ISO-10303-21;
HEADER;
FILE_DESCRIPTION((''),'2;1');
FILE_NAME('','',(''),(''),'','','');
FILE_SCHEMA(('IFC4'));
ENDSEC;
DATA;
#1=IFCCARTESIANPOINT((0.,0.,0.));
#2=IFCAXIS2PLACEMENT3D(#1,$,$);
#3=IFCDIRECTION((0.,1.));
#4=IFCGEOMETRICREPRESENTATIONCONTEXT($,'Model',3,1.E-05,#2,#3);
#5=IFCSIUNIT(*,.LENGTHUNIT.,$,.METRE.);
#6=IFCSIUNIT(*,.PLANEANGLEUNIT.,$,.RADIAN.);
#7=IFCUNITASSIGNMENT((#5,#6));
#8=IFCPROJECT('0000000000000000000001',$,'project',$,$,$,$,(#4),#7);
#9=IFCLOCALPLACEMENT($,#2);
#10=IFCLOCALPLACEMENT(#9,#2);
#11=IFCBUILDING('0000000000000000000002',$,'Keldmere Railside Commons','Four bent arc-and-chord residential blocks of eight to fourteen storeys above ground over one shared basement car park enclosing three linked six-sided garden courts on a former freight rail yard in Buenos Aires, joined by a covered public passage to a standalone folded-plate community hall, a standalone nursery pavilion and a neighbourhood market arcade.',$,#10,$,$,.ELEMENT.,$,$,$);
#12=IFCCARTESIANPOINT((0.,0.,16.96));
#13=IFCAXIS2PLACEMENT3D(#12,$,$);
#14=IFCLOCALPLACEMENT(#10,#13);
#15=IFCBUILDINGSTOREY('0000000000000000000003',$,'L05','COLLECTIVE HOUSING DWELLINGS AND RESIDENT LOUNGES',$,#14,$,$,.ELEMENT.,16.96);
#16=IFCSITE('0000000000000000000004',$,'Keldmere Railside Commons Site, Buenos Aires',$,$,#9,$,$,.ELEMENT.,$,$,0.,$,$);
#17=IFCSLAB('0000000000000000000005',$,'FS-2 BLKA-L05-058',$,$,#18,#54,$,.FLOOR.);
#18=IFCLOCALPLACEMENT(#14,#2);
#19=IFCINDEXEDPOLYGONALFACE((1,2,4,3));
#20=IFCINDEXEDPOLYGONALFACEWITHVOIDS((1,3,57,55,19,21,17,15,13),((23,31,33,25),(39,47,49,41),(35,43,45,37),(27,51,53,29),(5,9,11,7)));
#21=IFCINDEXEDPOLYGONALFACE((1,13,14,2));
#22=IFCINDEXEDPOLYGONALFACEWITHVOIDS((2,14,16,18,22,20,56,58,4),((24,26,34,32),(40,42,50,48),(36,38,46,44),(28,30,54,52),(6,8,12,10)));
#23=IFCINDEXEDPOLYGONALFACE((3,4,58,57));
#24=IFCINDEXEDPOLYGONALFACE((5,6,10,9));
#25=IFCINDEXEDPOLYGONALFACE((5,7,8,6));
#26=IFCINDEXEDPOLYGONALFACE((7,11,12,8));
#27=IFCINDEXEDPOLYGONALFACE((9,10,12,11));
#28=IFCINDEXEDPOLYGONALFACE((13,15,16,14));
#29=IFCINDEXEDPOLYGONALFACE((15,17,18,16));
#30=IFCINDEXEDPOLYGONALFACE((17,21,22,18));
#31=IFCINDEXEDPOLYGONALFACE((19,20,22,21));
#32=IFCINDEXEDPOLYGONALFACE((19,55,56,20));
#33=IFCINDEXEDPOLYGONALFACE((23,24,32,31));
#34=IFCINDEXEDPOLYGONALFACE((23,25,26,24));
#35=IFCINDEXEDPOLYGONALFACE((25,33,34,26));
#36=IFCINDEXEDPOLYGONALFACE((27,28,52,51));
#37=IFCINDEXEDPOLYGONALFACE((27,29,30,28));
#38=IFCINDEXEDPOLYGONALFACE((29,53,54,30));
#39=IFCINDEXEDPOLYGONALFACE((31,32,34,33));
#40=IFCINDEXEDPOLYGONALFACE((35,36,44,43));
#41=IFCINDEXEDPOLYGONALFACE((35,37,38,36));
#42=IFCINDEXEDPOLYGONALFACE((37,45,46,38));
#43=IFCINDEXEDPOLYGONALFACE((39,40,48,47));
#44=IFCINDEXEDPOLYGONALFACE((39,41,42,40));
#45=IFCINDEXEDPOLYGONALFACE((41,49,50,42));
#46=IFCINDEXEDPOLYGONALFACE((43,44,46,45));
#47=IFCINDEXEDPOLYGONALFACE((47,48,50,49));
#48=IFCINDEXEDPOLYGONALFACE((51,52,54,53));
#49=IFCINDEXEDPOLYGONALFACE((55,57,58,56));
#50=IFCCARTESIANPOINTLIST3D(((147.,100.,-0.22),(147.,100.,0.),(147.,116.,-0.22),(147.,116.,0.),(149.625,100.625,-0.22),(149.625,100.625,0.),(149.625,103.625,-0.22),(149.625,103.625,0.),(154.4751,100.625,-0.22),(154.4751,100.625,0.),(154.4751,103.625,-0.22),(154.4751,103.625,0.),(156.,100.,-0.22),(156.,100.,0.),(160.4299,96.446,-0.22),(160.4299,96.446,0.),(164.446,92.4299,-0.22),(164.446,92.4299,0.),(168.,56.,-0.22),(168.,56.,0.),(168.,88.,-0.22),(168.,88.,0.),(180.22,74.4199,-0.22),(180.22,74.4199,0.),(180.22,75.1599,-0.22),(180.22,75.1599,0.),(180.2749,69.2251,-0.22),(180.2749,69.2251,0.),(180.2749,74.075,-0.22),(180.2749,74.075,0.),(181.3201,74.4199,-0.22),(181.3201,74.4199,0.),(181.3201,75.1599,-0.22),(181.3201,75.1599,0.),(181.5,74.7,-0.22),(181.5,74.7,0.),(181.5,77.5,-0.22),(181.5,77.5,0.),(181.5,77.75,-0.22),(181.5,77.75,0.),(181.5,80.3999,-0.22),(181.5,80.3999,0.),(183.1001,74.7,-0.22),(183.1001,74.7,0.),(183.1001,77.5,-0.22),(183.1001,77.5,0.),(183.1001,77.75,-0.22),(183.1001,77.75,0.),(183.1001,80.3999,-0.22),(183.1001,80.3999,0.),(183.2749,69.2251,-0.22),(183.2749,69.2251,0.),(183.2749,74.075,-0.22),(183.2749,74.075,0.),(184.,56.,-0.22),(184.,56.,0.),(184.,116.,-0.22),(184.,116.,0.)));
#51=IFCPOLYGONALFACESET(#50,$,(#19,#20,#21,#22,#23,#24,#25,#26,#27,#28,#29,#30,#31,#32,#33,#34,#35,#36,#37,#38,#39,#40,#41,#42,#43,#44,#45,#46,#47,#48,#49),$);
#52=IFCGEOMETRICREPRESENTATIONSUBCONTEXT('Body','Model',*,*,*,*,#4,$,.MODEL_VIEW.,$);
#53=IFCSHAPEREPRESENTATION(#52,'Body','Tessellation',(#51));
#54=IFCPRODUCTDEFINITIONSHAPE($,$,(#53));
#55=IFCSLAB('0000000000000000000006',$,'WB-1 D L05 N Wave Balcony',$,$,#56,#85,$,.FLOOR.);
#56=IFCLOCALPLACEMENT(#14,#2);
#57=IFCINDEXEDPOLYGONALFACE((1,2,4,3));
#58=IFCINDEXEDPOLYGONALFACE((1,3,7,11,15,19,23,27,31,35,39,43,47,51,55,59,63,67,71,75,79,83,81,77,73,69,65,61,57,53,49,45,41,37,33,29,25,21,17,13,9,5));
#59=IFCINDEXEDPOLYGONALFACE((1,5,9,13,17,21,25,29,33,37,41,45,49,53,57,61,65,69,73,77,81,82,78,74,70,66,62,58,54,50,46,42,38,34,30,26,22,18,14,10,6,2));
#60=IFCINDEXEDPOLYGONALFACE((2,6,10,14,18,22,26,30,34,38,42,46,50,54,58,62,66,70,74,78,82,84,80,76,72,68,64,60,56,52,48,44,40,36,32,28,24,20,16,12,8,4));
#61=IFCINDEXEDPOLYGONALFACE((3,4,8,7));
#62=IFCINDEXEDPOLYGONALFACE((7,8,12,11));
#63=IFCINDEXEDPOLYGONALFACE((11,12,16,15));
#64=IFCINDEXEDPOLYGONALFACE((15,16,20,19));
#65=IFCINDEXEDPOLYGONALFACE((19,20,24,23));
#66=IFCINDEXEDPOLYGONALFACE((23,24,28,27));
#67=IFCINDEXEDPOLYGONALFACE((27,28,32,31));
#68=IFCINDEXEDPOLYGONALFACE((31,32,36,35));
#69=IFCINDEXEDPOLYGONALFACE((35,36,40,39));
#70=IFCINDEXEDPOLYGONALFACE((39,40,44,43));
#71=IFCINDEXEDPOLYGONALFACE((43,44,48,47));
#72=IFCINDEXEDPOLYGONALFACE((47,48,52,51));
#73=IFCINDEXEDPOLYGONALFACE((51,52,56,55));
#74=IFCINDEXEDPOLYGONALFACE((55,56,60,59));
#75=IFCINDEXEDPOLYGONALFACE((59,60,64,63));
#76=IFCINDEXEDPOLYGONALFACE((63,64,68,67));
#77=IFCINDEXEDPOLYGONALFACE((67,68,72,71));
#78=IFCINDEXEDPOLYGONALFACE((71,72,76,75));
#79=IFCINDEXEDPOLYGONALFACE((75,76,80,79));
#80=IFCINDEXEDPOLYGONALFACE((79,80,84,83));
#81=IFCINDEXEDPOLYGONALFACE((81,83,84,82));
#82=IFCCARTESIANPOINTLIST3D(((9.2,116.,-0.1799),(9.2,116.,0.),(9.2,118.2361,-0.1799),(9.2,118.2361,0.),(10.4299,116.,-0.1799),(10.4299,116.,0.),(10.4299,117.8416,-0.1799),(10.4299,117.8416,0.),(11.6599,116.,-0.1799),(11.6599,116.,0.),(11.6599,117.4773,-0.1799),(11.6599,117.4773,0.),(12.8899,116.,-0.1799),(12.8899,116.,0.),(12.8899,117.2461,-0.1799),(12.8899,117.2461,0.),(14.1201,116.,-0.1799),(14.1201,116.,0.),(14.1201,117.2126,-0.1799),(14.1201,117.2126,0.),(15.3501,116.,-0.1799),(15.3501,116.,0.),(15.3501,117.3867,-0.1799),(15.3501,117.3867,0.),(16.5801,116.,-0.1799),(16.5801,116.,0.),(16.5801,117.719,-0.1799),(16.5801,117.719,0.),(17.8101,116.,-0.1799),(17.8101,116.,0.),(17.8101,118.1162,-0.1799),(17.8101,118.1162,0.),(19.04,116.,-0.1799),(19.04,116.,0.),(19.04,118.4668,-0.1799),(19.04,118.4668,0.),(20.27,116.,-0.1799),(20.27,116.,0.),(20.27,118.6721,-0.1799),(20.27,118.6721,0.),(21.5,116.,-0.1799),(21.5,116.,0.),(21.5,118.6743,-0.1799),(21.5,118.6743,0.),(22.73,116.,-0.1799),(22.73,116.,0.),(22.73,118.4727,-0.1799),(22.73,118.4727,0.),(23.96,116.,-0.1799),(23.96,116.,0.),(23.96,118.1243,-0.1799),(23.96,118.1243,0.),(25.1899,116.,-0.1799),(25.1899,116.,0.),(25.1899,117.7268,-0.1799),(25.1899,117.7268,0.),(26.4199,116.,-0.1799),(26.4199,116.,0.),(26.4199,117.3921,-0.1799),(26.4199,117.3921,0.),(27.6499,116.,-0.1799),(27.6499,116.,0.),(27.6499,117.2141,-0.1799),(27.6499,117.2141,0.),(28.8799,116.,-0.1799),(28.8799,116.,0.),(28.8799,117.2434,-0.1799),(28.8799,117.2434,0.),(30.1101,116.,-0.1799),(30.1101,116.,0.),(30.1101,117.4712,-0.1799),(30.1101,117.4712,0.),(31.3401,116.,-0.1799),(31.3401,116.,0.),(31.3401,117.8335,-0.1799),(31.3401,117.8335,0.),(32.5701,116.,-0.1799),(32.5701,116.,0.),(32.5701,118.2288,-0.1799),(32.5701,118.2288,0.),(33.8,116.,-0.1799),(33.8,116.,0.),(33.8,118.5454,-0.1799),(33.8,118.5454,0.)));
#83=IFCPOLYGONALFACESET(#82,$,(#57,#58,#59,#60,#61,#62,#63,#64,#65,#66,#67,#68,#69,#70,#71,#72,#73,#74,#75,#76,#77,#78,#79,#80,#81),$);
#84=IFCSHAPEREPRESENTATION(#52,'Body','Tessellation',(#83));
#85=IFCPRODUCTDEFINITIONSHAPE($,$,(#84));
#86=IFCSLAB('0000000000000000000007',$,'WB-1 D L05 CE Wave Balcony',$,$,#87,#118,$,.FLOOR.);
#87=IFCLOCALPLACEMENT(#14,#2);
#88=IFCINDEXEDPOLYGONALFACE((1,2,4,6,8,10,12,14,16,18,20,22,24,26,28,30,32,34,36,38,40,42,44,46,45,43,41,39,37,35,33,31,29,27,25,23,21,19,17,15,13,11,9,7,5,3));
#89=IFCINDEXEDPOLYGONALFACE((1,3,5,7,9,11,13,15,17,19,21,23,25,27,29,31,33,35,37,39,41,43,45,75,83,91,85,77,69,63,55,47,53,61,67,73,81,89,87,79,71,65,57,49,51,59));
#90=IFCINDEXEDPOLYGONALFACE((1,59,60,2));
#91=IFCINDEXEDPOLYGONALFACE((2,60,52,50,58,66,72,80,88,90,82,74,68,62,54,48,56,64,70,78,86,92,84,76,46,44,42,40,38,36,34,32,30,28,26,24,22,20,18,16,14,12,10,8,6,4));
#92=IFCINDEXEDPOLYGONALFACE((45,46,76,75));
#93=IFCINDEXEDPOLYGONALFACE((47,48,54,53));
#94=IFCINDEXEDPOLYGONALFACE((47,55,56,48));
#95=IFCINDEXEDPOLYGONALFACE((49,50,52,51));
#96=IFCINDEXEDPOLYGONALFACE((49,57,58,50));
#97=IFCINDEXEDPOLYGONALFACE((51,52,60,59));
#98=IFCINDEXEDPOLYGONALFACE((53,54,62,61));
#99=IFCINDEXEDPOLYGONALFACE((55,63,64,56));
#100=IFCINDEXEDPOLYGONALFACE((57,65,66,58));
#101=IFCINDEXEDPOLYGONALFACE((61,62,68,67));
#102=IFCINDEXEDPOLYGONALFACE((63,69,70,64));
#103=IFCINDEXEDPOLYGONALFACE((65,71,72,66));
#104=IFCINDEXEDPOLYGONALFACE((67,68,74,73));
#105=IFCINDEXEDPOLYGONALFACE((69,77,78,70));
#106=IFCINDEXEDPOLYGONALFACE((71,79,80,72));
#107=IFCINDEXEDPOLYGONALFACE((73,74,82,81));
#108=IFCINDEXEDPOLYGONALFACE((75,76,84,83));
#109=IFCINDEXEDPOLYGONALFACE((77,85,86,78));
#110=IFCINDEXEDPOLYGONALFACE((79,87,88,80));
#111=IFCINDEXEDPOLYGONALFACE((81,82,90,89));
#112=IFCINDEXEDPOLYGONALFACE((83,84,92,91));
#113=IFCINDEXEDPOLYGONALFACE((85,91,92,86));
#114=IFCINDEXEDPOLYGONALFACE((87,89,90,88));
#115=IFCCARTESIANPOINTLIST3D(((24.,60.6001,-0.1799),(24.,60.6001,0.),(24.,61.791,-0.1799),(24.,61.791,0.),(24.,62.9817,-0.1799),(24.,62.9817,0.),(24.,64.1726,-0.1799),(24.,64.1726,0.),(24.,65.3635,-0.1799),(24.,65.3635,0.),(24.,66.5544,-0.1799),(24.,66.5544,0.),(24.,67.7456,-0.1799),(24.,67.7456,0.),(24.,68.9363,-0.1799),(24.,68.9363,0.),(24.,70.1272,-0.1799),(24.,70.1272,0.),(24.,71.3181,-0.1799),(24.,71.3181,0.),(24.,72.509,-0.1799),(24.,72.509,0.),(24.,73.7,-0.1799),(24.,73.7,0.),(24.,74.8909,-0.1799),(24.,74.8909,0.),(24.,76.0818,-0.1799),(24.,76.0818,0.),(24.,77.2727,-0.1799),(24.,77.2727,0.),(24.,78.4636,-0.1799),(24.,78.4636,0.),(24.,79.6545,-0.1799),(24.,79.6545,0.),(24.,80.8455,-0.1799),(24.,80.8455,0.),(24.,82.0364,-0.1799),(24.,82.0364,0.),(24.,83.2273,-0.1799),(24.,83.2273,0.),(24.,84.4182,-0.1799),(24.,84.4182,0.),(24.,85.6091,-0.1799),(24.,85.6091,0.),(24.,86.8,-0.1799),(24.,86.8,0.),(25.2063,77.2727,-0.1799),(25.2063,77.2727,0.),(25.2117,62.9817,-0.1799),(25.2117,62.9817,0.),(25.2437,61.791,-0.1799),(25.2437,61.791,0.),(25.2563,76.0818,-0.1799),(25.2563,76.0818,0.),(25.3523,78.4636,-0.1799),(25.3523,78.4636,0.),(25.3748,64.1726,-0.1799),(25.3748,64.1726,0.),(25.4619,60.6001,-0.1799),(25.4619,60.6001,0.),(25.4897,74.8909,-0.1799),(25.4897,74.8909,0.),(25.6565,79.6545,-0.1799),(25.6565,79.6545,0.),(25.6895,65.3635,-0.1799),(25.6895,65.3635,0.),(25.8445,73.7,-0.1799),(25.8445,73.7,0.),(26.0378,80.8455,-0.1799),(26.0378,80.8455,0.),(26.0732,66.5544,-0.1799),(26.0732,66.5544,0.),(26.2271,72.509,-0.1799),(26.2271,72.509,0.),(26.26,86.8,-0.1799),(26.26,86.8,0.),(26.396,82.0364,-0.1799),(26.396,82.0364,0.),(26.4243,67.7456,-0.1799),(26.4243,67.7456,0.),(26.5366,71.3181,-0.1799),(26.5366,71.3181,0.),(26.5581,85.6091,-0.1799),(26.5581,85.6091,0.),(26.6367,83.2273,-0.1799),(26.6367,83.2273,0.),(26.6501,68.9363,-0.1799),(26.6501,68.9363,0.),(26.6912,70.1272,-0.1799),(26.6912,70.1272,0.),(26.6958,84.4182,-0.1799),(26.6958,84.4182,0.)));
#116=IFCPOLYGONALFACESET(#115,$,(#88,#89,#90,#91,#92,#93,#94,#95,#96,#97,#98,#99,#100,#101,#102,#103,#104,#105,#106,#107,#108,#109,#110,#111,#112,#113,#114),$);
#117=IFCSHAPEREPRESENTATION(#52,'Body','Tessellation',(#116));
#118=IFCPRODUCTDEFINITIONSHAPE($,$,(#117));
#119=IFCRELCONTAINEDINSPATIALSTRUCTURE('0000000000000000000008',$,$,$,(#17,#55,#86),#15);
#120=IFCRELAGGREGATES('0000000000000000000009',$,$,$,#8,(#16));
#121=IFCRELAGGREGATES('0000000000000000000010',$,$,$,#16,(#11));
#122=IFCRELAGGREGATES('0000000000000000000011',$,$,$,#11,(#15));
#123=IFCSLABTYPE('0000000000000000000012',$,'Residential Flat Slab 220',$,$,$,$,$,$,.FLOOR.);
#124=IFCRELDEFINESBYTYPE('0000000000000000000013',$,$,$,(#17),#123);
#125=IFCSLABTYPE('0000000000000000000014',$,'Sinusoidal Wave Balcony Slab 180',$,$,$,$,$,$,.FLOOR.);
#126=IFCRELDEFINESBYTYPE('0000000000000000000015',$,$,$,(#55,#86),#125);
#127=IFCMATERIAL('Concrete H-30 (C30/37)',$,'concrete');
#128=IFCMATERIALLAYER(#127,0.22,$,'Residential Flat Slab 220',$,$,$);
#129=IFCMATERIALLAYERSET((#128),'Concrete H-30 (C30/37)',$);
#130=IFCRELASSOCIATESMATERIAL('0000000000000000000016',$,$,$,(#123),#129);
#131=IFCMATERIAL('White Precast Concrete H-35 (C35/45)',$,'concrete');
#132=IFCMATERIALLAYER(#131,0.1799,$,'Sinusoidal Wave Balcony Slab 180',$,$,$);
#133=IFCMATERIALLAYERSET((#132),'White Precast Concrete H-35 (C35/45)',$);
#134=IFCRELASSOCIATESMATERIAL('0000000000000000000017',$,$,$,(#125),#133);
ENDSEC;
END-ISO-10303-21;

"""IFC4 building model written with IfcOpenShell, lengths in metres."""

from ifc_helpers import new_model, si_unit, direction, frame, origin, place, context, subcontext, project, spatial, polyline, outline, extrude, material, layer, layer_set, type_object, element, save


model = new_model("IFC4")

# Units and contexts
model_context = context("Model", 3, precision=1e-05, world=origin(), true_north=direction((0.0, 1.0)))
body_context = subcontext(model_context, "Body", "Model", "MODEL_VIEW")
ifc_project = project(units=[si_unit("LENGTHUNIT", "METRE"), si_unit("PLANEANGLEUNIT", "RADIAN")], contexts=[model_context])

# Site, building, storey
site_placement = place(None, origin())
site = spatial("IfcSite", under=ifc_project, at=site_placement, Name="Keldmere Railside Commons Site, Buenos Aires", CompositionType="ELEMENT", RefElevation=0.0)
building_placement = place(site_placement, origin())
building = spatial("IfcBuilding", under=site, at=building_placement, Name="Keldmere Railside Commons", Description="Four bent arc-and-chord residential blocks of eight to fourteen storeys above ground over one shared basement car park enclosing three linked six-sided garden courts on a former freight rail yard in Buenos Aires, joined by a covered public passage to a standalone folded-plate community hall, a standalone nursery pavilion and a neighbourhood market arcade.", CompositionType="ELEMENT")
storey_placement = place(building_placement, frame((0.0, 0.0, 16.96)))
storey = spatial("IfcBuildingStorey", under=building, at=storey_placement, Name="L05", Description="COLLECTIVE HOUSING DWELLINGS AND RESIDENT LOUNGES", CompositionType="ELEMENT", Elevation=16.96)

# Slabs
ifc_material_1 = material(Name="Concrete H-30 (C30/37)", Category="concrete")
ifc_layer_1 = layer(ifc_material_1, 0.22, Name="Residential Flat Slab 220")
ifc_layer_set_1 = layer_set([ifc_layer_1], Name="Concrete H-30 (C30/37)")
slab_type_1 = type_object("IfcSlabType", Name="Residential Flat Slab 220", PredefinedType="FLOOR", material=ifc_layer_set_1)
slab_1_placement = place(storey_placement, frame((0.0, 0.0, -0.22)))
element("IfcSlab", 1, at=slab_1_placement, inside=storey, type_object=slab_type_1, Name="FS-2 BLKA-L05-058", PredefinedType="FLOOR", context=body_context, shape_type="SweptSolid", body=[
    extrude(outline(polyline([(168.0, 56.0), (184.0, 56.0), (184.0, 116.0), (147.0, 116.0), (147.0, 100.0), (156.0, 100.0), (160.4299, 96.446), (164.446, 92.4299), (168.0, 88.0), (168.0, 56.0)]), holes=[polyline([(183.2749, 69.2251), (180.2749, 69.2251), (180.2749, 74.075), (183.2749, 74.075), (183.2749, 69.2251)]), polyline([(180.22, 74.4199), (180.22, 75.1599), (181.3201, 75.1599), (181.3201, 74.4199), (180.22, 74.4199)]), polyline([(183.1001, 74.7), (181.5, 74.7), (181.5, 77.5), (183.1001, 77.5), (183.1001, 74.7)]), polyline([(183.1001, 77.75), (181.5, 77.75), (181.5, 80.3999), (183.1001, 80.3999), (183.1001, 77.75)]), polyline([(149.625, 103.625), (154.4751, 103.625), (154.4751, 100.625), (149.625, 100.625), (149.625, 103.625)])]), origin(), (0.0, 0.0, 1.0), 0.22),
])
ifc_material_2 = material(Name="White Precast Concrete H-35 (C35/45)", Category="concrete")
ifc_layer_2 = layer(ifc_material_2, 0.1799, Name="Sinusoidal Wave Balcony Slab 180")
ifc_layer_set_2 = layer_set([ifc_layer_2], Name="White Precast Concrete H-35 (C35/45)")
slab_type_2 = type_object("IfcSlabType", Name="Sinusoidal Wave Balcony Slab 180", PredefinedType="FLOOR", material=ifc_layer_set_2)
slab_2_placement = place(storey_placement, frame((0.0, 0.0, -0.1799)))
element("IfcSlab", 2, at=slab_2_placement, inside=storey, type_object=slab_type_2, Name="WB-1 D L05 N Wave Balcony", PredefinedType="FLOOR", context=body_context, shape_type="SweptSolid", body=[
    extrude(outline(polyline([(9.2, 116.0), (10.4299, 116.0), (11.6599, 116.0), (12.8899, 116.0), (14.1201, 116.0), (15.3501, 116.0), (16.5801, 116.0), (17.8101, 116.0), (19.04, 116.0), (20.27, 116.0), (21.5, 116.0), (22.73, 116.0), (23.96, 116.0), (25.1899, 116.0), (26.4199, 116.0), (27.6499, 116.0), (28.8799, 116.0), (30.1101, 116.0), (31.3401, 116.0), (32.5701, 116.0), (33.8, 116.0), (33.8, 118.5454), (32.5701, 118.2288), (31.3401, 117.8335), (30.1101, 117.4712), (28.8799, 117.2434), (27.6499, 117.2141), (26.4199, 117.3921), (25.1899, 117.7268), (23.96, 118.1243), (22.73, 118.4727), (21.5, 118.6743), (20.27, 118.6721), (19.04, 118.4668), (17.8101, 118.1162), (16.5801, 117.719), (15.3501, 117.3867), (14.1201, 117.2126), (12.8899, 117.2461), (11.6599, 117.4773), (10.4299, 117.8416), (9.2, 118.2361), (9.2, 116.0)])), origin(), (0.0, 0.0, 1.0), 0.1799),
])
slab_3_placement = place(storey_placement, frame((0.0, 0.0, -0.1799)))
element("IfcSlab", 3, at=slab_3_placement, inside=storey, type_object=slab_type_2, Name="WB-1 D L05 CE Wave Balcony", PredefinedType="FLOOR", context=body_context, shape_type="SweptSolid", body=[
    extrude(outline(polyline([(25.4619, 60.6001), (25.2437, 61.791), (25.2117, 62.9817), (25.3748, 64.1726), (25.6895, 65.3635), (26.0732, 66.5544), (26.4243, 67.7456), (26.6501, 68.9363), (26.6912, 70.1272), (26.5366, 71.3181), (26.2271, 72.509), (25.8445, 73.7), (25.4897, 74.8909), (25.2563, 76.0818), (25.2063, 77.2727), (25.3523, 78.4636), (25.6565, 79.6545), (26.0378, 80.8455), (26.396, 82.0364), (26.6367, 83.2273), (26.6958, 84.4182), (26.5581, 85.6091), (26.26, 86.8), (24.0, 86.8), (24.0, 85.6091), (24.0, 84.4182), (24.0, 83.2273), (24.0, 82.0364), (24.0, 80.8455), (24.0, 79.6545), (24.0, 78.4636), (24.0, 77.2727), (24.0, 76.0818), (24.0, 74.8909), (24.0, 73.7), (24.0, 72.509), (24.0, 71.3181), (24.0, 70.1272), (24.0, 68.9363), (24.0, 67.7456), (24.0, 66.5544), (24.0, 65.3635), (24.0, 64.1726), (24.0, 62.9817), (24.0, 61.791), (24.0, 60.6001), (25.4619, 60.6001)])), origin(), (0.0, 0.0, 1.0), 0.1799),
])

save(model, "model.ifc")
